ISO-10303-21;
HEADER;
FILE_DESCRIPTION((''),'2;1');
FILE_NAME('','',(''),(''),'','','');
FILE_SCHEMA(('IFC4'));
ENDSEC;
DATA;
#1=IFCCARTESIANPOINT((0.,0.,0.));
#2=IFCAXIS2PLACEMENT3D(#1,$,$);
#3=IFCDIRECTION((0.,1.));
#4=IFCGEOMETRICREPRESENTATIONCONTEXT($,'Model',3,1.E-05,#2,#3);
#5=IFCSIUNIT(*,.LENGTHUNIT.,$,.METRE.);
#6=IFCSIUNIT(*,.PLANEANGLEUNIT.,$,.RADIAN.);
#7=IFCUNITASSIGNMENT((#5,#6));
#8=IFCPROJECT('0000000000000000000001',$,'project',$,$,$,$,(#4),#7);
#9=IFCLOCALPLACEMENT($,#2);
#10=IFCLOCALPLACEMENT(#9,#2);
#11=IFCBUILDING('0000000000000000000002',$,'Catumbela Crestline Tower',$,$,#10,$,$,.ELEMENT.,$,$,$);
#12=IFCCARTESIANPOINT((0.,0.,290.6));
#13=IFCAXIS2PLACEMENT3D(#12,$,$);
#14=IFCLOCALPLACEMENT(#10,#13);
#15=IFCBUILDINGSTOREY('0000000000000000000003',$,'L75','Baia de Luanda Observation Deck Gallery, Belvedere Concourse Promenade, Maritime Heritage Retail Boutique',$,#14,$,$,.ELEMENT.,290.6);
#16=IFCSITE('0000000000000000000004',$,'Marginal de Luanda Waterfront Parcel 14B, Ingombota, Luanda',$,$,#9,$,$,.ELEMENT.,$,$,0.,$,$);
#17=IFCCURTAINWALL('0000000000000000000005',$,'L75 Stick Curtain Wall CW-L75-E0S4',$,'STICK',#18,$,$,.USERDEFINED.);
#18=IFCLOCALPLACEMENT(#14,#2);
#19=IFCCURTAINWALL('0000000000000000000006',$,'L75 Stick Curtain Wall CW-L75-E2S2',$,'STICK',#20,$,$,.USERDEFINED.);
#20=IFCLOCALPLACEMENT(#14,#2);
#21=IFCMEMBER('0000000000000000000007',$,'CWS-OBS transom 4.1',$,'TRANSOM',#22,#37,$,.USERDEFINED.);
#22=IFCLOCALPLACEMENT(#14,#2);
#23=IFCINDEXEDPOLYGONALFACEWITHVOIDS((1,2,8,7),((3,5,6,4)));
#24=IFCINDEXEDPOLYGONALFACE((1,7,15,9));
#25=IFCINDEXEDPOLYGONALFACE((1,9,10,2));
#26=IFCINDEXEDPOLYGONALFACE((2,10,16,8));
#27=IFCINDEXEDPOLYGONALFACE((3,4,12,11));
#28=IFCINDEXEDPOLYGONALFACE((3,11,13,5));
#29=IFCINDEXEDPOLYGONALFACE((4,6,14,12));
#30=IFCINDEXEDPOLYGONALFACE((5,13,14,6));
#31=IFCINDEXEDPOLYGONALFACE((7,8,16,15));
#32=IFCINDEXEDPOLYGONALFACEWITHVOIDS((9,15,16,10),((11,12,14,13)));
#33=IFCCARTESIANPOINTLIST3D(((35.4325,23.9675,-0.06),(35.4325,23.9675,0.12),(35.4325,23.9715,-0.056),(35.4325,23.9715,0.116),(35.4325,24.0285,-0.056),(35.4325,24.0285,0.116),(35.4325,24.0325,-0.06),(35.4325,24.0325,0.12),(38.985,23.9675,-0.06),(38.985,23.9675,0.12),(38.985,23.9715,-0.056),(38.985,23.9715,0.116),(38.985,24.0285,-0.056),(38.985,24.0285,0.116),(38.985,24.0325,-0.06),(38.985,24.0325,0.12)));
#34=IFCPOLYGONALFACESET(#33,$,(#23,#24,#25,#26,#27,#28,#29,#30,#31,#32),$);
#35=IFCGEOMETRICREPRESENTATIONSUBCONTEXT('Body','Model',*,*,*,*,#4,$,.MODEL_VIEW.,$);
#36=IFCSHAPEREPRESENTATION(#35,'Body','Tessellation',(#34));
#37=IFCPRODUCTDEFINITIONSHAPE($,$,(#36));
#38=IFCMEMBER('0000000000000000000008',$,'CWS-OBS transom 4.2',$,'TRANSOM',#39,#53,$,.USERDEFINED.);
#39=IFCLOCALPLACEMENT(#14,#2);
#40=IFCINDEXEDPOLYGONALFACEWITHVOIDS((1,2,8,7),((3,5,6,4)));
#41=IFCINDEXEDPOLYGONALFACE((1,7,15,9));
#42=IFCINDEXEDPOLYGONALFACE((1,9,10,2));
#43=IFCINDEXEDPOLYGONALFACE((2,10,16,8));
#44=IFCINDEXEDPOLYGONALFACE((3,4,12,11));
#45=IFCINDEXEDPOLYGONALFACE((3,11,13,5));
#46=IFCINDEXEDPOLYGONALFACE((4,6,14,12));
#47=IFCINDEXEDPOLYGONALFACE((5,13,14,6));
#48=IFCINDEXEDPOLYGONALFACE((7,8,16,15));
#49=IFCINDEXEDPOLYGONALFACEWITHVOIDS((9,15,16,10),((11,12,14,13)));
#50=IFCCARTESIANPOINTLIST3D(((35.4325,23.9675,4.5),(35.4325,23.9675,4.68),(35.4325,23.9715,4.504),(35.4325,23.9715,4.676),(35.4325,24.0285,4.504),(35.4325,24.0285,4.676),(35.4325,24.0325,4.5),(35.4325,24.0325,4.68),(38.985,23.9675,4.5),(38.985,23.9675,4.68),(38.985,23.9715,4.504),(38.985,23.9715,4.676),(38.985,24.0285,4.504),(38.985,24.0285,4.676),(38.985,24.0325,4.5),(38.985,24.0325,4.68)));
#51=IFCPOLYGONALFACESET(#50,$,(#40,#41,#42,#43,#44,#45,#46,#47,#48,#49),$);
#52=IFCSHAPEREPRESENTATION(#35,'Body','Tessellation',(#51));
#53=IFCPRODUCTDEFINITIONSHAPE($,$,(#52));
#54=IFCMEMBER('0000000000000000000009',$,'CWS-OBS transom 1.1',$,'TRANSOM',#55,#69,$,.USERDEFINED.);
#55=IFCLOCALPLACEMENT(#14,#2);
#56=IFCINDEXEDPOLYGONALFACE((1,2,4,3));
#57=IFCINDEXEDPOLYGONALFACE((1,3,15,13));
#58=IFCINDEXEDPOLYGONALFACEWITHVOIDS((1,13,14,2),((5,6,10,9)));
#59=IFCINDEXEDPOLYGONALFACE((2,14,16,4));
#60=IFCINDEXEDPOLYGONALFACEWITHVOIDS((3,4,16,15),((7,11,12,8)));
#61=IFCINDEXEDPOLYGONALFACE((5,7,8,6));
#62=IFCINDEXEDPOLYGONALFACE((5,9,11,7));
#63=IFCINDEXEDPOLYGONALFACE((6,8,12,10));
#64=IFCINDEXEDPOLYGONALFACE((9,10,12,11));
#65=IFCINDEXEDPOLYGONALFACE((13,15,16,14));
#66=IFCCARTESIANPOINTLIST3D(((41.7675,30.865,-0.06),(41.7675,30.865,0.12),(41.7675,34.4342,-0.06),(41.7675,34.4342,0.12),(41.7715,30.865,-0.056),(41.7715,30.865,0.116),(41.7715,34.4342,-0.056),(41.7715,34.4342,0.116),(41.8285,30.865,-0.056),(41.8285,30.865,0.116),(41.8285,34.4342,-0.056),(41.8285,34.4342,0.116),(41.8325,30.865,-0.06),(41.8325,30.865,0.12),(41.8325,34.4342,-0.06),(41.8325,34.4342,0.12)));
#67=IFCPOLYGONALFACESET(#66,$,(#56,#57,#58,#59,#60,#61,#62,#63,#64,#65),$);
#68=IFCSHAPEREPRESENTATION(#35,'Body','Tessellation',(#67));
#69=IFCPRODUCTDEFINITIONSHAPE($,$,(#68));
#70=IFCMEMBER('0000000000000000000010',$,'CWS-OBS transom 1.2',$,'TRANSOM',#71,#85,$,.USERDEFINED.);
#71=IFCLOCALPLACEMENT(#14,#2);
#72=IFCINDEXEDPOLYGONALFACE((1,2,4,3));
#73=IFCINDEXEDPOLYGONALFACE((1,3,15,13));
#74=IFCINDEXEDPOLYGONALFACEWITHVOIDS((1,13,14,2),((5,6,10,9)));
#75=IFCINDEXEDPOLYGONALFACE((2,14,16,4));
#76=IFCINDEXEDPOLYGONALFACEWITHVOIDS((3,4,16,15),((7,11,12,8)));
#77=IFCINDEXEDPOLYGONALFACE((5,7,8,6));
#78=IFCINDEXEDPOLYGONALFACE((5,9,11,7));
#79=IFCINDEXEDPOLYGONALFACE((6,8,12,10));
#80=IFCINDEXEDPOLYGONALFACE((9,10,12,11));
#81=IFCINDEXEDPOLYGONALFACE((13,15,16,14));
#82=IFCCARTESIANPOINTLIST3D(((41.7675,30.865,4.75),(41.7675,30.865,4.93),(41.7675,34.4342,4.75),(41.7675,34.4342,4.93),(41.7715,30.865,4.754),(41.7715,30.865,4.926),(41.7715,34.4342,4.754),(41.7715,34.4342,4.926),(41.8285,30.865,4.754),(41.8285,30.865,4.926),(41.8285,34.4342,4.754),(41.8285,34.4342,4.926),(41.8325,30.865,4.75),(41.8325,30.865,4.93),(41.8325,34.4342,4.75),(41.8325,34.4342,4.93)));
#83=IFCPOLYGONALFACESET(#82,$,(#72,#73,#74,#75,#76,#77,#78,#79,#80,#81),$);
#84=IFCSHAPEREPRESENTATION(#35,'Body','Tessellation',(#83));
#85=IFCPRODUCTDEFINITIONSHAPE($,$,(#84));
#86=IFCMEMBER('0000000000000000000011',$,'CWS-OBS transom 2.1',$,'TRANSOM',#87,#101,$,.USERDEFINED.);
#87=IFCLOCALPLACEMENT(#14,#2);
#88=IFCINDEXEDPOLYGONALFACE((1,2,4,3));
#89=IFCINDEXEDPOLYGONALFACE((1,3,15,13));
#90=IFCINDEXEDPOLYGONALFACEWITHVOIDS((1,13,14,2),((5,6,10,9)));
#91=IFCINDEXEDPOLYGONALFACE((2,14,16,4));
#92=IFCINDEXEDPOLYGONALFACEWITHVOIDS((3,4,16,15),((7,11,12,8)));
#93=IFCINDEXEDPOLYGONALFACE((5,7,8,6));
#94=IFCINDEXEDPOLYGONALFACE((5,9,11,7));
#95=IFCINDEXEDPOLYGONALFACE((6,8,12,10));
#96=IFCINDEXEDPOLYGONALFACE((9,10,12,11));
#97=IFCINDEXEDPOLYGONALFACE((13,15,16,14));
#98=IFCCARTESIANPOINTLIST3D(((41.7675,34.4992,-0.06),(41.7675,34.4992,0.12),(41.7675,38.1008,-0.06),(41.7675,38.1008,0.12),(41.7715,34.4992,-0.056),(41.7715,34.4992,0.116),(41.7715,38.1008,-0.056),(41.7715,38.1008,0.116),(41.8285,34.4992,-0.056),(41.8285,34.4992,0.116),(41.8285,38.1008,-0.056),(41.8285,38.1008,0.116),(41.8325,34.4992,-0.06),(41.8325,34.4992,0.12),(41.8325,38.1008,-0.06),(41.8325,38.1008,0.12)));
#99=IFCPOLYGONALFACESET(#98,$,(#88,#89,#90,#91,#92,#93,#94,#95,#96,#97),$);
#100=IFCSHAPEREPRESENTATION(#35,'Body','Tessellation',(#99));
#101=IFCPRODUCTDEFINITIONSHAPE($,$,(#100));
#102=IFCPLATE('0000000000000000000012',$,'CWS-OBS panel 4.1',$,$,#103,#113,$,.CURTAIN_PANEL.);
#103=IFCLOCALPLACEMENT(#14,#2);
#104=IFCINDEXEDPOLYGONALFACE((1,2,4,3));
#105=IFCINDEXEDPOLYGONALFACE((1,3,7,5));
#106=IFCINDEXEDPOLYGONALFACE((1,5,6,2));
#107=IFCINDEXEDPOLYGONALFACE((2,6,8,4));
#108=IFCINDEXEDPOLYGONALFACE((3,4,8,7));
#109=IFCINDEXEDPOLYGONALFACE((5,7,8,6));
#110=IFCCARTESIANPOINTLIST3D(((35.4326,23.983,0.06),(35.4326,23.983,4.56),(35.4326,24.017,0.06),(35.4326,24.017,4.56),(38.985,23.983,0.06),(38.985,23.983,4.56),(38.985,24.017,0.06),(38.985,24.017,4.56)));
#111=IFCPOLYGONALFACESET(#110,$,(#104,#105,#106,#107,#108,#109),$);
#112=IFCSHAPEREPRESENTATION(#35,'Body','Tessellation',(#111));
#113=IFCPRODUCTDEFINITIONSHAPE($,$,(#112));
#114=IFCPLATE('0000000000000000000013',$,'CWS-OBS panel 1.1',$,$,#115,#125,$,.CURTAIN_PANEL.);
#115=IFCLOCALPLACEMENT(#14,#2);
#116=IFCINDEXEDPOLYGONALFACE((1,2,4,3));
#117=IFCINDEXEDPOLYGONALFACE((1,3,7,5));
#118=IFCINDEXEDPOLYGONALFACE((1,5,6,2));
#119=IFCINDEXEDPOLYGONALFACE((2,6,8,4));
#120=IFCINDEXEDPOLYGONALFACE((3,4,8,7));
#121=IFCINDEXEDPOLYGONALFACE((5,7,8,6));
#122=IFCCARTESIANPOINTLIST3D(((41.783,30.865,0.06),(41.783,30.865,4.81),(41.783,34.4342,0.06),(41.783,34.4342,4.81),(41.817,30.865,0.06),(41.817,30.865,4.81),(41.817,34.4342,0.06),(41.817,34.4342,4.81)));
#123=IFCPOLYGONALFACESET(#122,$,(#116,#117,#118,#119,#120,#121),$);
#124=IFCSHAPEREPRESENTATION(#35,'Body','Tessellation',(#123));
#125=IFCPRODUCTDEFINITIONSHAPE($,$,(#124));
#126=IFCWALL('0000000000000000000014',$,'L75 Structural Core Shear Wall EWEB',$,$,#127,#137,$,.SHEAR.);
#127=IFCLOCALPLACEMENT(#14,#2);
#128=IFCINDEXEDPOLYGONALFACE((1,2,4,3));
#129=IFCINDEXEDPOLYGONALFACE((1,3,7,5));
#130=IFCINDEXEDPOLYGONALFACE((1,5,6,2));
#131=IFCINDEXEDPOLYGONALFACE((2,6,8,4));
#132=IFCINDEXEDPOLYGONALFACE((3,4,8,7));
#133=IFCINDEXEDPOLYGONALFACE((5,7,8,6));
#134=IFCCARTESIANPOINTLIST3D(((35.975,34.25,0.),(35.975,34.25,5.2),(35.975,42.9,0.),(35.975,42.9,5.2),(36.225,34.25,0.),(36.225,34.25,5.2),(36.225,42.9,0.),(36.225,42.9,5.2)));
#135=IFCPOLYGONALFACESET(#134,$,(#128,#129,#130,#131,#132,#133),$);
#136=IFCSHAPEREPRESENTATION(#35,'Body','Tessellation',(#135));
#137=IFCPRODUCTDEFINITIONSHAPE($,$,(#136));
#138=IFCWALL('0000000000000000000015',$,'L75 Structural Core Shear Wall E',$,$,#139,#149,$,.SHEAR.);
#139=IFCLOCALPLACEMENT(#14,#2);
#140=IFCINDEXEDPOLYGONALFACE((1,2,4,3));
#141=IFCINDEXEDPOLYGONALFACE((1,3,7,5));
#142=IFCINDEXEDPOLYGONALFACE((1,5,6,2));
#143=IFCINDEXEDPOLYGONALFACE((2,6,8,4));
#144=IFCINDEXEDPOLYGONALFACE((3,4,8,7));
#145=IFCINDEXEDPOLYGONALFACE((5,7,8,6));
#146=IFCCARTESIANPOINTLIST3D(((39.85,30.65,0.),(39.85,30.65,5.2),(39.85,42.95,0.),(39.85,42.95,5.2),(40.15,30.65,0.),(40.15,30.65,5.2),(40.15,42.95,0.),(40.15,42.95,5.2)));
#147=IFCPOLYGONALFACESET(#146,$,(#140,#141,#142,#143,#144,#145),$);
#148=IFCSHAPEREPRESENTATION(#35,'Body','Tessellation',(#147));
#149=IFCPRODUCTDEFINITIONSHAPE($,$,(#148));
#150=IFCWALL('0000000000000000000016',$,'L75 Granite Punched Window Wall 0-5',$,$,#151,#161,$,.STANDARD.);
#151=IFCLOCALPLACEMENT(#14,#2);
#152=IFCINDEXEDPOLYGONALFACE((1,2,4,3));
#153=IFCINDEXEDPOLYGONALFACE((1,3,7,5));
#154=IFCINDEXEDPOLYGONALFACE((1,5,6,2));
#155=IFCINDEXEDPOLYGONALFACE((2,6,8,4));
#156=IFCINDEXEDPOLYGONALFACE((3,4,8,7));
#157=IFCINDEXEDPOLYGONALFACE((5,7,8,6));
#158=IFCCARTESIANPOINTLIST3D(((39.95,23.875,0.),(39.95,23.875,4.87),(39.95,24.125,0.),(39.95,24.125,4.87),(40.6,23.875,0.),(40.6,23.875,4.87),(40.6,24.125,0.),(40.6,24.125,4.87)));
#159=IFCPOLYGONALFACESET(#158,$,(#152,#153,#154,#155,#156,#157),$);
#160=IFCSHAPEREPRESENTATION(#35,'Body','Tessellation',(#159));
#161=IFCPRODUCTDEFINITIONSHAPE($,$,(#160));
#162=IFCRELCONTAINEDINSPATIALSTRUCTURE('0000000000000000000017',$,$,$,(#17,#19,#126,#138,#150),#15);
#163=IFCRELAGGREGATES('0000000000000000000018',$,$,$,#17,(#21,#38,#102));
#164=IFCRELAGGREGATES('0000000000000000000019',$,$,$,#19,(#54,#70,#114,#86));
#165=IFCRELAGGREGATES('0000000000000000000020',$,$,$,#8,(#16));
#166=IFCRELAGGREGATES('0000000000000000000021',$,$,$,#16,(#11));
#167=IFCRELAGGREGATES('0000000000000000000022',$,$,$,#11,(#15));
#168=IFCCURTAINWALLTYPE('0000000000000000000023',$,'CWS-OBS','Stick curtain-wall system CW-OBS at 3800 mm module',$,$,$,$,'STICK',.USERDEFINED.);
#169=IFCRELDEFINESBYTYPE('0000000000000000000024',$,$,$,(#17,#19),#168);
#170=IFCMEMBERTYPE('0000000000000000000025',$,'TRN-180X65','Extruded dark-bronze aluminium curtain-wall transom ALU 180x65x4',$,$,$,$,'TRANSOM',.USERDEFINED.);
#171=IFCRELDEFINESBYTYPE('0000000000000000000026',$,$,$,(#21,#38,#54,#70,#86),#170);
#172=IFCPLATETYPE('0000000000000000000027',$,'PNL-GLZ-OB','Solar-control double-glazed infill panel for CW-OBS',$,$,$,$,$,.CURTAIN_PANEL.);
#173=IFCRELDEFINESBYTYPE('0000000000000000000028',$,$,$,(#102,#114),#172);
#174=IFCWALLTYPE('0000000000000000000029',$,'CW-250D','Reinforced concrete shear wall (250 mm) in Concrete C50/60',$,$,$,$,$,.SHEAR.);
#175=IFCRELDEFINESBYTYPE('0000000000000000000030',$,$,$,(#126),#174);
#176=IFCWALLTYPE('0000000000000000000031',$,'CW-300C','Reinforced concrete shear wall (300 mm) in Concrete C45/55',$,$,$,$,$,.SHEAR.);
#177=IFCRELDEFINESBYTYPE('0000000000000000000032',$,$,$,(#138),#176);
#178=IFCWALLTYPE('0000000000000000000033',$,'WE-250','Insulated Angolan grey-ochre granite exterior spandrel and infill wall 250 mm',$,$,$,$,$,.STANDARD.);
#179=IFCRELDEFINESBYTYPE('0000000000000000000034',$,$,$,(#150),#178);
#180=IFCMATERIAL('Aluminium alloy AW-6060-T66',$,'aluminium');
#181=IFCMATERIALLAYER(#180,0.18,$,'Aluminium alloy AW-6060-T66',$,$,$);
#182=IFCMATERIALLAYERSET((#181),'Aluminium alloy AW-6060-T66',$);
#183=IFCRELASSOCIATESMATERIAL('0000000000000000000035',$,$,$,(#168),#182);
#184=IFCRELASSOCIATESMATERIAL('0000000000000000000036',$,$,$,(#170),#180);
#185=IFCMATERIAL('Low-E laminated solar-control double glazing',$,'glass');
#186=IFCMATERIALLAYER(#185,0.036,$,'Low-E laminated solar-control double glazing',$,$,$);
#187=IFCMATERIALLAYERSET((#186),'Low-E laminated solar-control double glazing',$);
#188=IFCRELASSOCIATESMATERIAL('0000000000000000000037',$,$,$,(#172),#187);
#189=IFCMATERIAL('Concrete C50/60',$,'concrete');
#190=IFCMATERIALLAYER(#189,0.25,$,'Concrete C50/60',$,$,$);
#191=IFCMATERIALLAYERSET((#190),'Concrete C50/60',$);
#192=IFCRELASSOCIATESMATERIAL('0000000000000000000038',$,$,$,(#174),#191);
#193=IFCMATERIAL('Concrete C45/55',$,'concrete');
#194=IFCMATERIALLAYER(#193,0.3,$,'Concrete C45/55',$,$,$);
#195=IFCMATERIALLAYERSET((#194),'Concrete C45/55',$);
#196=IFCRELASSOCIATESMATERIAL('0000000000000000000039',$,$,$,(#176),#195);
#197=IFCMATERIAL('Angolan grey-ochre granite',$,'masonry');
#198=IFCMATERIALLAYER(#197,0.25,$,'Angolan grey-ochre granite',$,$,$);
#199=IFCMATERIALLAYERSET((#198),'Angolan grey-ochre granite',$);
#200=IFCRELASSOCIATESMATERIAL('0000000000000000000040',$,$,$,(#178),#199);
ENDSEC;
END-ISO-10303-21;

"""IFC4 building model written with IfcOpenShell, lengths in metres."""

from ifc_helpers import new_model, si_unit, direction, frame, frame_2d, origin, origin_2d, place, context, subcontext, project, spatial, rectangle, hollow_rectangle, extrude, material, layer, layer_set, material_profile, profile_set, type_object, element, aggregate, save


model = new_model("IFC4")

# Units and contexts
model_context = context("Model", 3, precision=1e-05, world=origin(), true_north=direction((0.0, 1.0)))
body_context = subcontext(model_context, "Body", "Model", "MODEL_VIEW")
ifc_project = project(units=[si_unit("LENGTHUNIT", "METRE"), si_unit("PLANEANGLEUNIT", "RADIAN")], contexts=[model_context])

# Site, building, storey
site_placement = place(None, origin())
site = spatial("IfcSite", under=ifc_project, at=site_placement, Name="Marginal de Luanda Waterfront Parcel 14B, Ingombota, Luanda", CompositionType="ELEMENT", RefElevation=0.0)
building_placement = place(site_placement, origin())
building = spatial("IfcBuilding", under=site, at=building_placement, Name="Catumbela Crestline Tower", CompositionType="ELEMENT")
storey_placement = place(building_placement, frame((0.0, 0.0, 290.6)))
storey = spatial("IfcBuildingStorey", under=building, at=storey_placement, Name="L75", Description="Baia de Luanda Observation Deck Gallery, Belvedere Concourse Promenade, Maritime Heritage Retail Boutique", CompositionType="ELEMENT", Elevation=290.6)

# Shared definitions
ifc_material_1 = material(Name="Concrete C45/55", Category="concrete")

# Curtain walls
ifc_material_2 = material(Name="Aluminium alloy AW-6060-T66", Category="aluminium")
ifc_layer_1 = layer(ifc_material_2, 0.18, Name="Aluminium alloy AW-6060-T66")
ifc_layer_set_1 = layer_set([ifc_layer_1], Name="Aluminium alloy AW-6060-T66")
curtain_wall_type = type_object("IfcCurtainWallType", Name="CWS-OBS", Description="Stick curtain-wall system CW-OBS at 3800 mm module", ElementType="STICK", PredefinedType="USERDEFINED", material=ifc_layer_set_1)
curtain_wall_1_placement = place(storey_placement, origin())
curtain_wall_1 = element("IfcCurtainWall", 1, at=curtain_wall_1_placement, inside=storey, type_object=curtain_wall_type, Name="L75 Stick Curtain Wall CW-L75-E0S4", ObjectType="STICK", PredefinedType="USERDEFINED")
curtain_wall_2_placement = place(storey_placement, origin())
curtain_wall_2 = element("IfcCurtainWall", 2, at=curtain_wall_2_placement, inside=storey, type_object=curtain_wall_type, Name="L75 Stick Curtain Wall CW-L75-E2S2", ObjectType="STICK", PredefinedType="USERDEFINED")

# Members
ifc_material_profile_1 = material_profile(ifc_material_2, hollow_rectangle(XDim=0.065, YDim=0.18, WallThickness=0.004, at=origin_2d()), Name="ALU 180x65x4")
ifc_profile_set_1 = profile_set([ifc_material_profile_1], Name="Aluminium alloy AW-6060-T66")
member_type_1 = type_object("IfcMemberType", Name="TRN-180X65", Description="Extruded dark-bronze aluminium curtain-wall transom ALU 180x65x4", ElementType="TRANSOM", PredefinedType="USERDEFINED", material=ifc_profile_set_1)
member_1_placement = place(storey_placement, frame((35.4325, 24.0, 0.03), z_axis=(1.0, 0.0, 0.0), x_axis=(0.0, 1.0, 0.0)))
member_1 = element("IfcMember", 3, at=member_1_placement, type_object=member_type_1, Name="CWS-OBS transom 4.1", ObjectType="TRANSOM", PredefinedType="USERDEFINED", context=body_context, shape_type="SweptSolid", body=[
    extrude(hollow_rectangle(XDim=0.065, YDim=0.18, WallThickness=0.004, at=origin_2d()), origin(), (0.0, 0.0, 1.0), 3.5525),
])
member_2_placement = place(storey_placement, frame((35.4325, 24.0, 4.59), z_axis=(1.0, 0.0, 0.0), x_axis=(0.0, 1.0, 0.0)))
member_2 = element("IfcMember", 4, at=member_2_placement, type_object=member_type_1, Name="CWS-OBS transom 4.2", ObjectType="TRANSOM", PredefinedType="USERDEFINED", context=body_context, shape_type="SweptSolid", body=[
    extrude(hollow_rectangle(XDim=0.065, YDim=0.18, WallThickness=0.004, at=origin_2d()), origin(), (0.0, 0.0, 1.0), 3.5525),
])
member_3_placement = place(storey_placement, frame((41.8, 30.865, 0.03), z_axis=(0.0, 1.0, 0.0), x_axis=(-1.0, 0.0, 0.0)))
member_3 = element("IfcMember", 5, at=member_3_placement, type_object=member_type_1, Name="CWS-OBS transom 1.1", ObjectType="TRANSOM", PredefinedType="USERDEFINED", context=body_context, shape_type="SweptSolid", body=[
    extrude(hollow_rectangle(XDim=0.065, YDim=0.18, WallThickness=0.004, at=origin_2d()), origin(), (0.0, 0.0, 1.0), 3.5692),
])
member_4_placement = place(storey_placement, frame((41.8, 30.865, 4.84), z_axis=(0.0, 1.0, 0.0), x_axis=(-1.0, 0.0, 0.0)))
member_4 = element("IfcMember", 6, at=member_4_placement, type_object=member_type_1, Name="CWS-OBS transom 1.2", ObjectType="TRANSOM", PredefinedType="USERDEFINED", context=body_context, shape_type="SweptSolid", body=[
    extrude(hollow_rectangle(XDim=0.065, YDim=0.18, WallThickness=0.004, at=origin_2d()), origin(), (0.0, 0.0, 1.0), 3.5692),
])
member_5_placement = place(storey_placement, frame((41.8, 34.4992, 0.03), z_axis=(0.0, 1.0, 0.0), x_axis=(-1.0, 0.0, 0.0)))
member_5 = element("IfcMember", 7, at=member_5_placement, type_object=member_type_1, Name="CWS-OBS transom 2.1", ObjectType="TRANSOM", PredefinedType="USERDEFINED", context=body_context, shape_type="SweptSolid", body=[
    extrude(hollow_rectangle(XDim=0.065, YDim=0.18, WallThickness=0.004, at=origin_2d()), origin(), (0.0, 0.0, 1.0), 3.6016),
])

# Plates
ifc_material_3 = material(Name="Low-E laminated solar-control double glazing", Category="glass")
ifc_layer_2 = layer(ifc_material_3, 0.036, Name="Low-E laminated solar-control double glazing")
ifc_layer_set_2 = layer_set([ifc_layer_2], Name="Low-E laminated solar-control double glazing")
plate_type = type_object("IfcPlateType", Name="PNL-GLZ-OB", Description="Solar-control double-glazed infill panel for CW-OBS", PredefinedType="CURTAIN_PANEL", material=ifc_layer_set_2)
plate_1_placement = place(storey_placement, frame((37.2088, 24.0, 0.06), z_axis=(0.0, 0.0, 1.0), x_axis=(1.0, 0.0, 0.0)))
plate_1 = element("IfcPlate", 8, at=plate_1_placement, type_object=plate_type, Name="CWS-OBS panel 4.1", PredefinedType="CURTAIN_PANEL", context=body_context, shape_type="SweptSolid", body=[
    extrude(rectangle(XDim=3.5525, YDim=0.034, at=origin_2d()), origin(), (0.0, 0.0, 1.0), 4.5),
])
aggregate(curtain_wall_1, [member_1, member_2, plate_1])
plate_2_placement = place(storey_placement, frame((41.8, 32.6496, 0.06), z_axis=(0.0, 0.0, 1.0), x_axis=(0.0, 1.0, 0.0)))
plate_2 = element("IfcPlate", 9, at=plate_2_placement, type_object=plate_type, Name="CWS-OBS panel 1.1", PredefinedType="CURTAIN_PANEL", context=body_context, shape_type="SweptSolid", body=[
    extrude(rectangle(XDim=3.5692, YDim=0.034, at=origin_2d()), origin(), (0.0, 0.0, 1.0), 4.75),
])
aggregate(curtain_wall_2, [member_3, member_4, plate_2, member_5])

# Walls
ifc_material_4 = material(Name="Concrete C50/60", Category="concrete")
ifc_layer_3 = layer(ifc_material_4, 0.25, Name="Concrete C50/60")
ifc_layer_set_3 = layer_set([ifc_layer_3], Name="Concrete C50/60")
wall_type_1 = type_object("IfcWallType", Name="CW-250D", Description="Reinforced concrete shear wall (250 mm) in Concrete C50/60", PredefinedType="SHEAR", material=ifc_layer_set_3)
wall_1_placement = place(storey_placement, frame((36.1, 34.25, 0.0), z_axis=(0.0, 0.0, 1.0), x_axis=(0.0, 1.0, 0.0)))
element("IfcWall", 10, at=wall_1_placement, inside=storey, type_object=wall_type_1, Name="L75 Structural Core Shear Wall EWEB", PredefinedType="SHEAR", context=body_context, shape_type="SweptSolid", body=[
    extrude(rectangle(XDim=8.65, YDim=0.25, at=frame_2d((4.325, 0.0))), origin(), (0.0, 0.0, 1.0), 5.2),
])
ifc_layer_4 = layer(ifc_material_1, 0.3, Name="Concrete C45/55")
ifc_layer_set_4 = layer_set([ifc_layer_4], Name="Concrete C45/55")
wall_type_2 = type_object("IfcWallType", Name="CW-300C", Description="Reinforced concrete shear wall (300 mm) in Concrete C45/55", PredefinedType="SHEAR", material=ifc_layer_set_4)
wall_2_placement = place(storey_placement, frame((40.0, 30.65, 0.0), z_axis=(0.0, 0.0, 1.0), x_axis=(0.0, 1.0, 0.0)))
element("IfcWall", 11, at=wall_2_placement, inside=storey, type_object=wall_type_2, Name="L75 Structural Core Shear Wall E", PredefinedType="SHEAR", context=body_context, shape_type="SweptSolid", body=[
    extrude(rectangle(XDim=12.3, YDim=0.3, at=frame_2d((6.15, 0.0))), origin(), (0.0, 0.0, 1.0), 5.2),
])
ifc_material_5 = material(Name="Angolan grey-ochre granite", Category="masonry")
ifc_layer_5 = layer(ifc_material_5, 0.25, Name="Angolan grey-ochre granite")
ifc_layer_set_5 = layer_set([ifc_layer_5], Name="Angolan grey-ochre granite")
wall_type_3 = type_object("IfcWallType", Name="WE-250", Description="Insulated Angolan grey-ochre granite exterior spandrel and infill wall 250 mm", PredefinedType="STANDARD", material=ifc_layer_set_5)
wall_3_placement = place(storey_placement, frame((39.95, 24.0, 0.0), z_axis=(0.0, 0.0, 1.0), x_axis=(1.0, 0.0, 0.0)))
element("IfcWall", 12, at=wall_3_placement, inside=storey, type_object=wall_type_3, Name="L75 Granite Punched Window Wall 0-5", PredefinedType="STANDARD", context=body_context, shape_type="SweptSolid", body=[
    extrude(rectangle(XDim=0.65, YDim=0.25, at=frame_2d((0.325, 0.0))), origin(), (0.0, 0.0, 1.0), 4.87),
])

save(model, "model.ifc")
